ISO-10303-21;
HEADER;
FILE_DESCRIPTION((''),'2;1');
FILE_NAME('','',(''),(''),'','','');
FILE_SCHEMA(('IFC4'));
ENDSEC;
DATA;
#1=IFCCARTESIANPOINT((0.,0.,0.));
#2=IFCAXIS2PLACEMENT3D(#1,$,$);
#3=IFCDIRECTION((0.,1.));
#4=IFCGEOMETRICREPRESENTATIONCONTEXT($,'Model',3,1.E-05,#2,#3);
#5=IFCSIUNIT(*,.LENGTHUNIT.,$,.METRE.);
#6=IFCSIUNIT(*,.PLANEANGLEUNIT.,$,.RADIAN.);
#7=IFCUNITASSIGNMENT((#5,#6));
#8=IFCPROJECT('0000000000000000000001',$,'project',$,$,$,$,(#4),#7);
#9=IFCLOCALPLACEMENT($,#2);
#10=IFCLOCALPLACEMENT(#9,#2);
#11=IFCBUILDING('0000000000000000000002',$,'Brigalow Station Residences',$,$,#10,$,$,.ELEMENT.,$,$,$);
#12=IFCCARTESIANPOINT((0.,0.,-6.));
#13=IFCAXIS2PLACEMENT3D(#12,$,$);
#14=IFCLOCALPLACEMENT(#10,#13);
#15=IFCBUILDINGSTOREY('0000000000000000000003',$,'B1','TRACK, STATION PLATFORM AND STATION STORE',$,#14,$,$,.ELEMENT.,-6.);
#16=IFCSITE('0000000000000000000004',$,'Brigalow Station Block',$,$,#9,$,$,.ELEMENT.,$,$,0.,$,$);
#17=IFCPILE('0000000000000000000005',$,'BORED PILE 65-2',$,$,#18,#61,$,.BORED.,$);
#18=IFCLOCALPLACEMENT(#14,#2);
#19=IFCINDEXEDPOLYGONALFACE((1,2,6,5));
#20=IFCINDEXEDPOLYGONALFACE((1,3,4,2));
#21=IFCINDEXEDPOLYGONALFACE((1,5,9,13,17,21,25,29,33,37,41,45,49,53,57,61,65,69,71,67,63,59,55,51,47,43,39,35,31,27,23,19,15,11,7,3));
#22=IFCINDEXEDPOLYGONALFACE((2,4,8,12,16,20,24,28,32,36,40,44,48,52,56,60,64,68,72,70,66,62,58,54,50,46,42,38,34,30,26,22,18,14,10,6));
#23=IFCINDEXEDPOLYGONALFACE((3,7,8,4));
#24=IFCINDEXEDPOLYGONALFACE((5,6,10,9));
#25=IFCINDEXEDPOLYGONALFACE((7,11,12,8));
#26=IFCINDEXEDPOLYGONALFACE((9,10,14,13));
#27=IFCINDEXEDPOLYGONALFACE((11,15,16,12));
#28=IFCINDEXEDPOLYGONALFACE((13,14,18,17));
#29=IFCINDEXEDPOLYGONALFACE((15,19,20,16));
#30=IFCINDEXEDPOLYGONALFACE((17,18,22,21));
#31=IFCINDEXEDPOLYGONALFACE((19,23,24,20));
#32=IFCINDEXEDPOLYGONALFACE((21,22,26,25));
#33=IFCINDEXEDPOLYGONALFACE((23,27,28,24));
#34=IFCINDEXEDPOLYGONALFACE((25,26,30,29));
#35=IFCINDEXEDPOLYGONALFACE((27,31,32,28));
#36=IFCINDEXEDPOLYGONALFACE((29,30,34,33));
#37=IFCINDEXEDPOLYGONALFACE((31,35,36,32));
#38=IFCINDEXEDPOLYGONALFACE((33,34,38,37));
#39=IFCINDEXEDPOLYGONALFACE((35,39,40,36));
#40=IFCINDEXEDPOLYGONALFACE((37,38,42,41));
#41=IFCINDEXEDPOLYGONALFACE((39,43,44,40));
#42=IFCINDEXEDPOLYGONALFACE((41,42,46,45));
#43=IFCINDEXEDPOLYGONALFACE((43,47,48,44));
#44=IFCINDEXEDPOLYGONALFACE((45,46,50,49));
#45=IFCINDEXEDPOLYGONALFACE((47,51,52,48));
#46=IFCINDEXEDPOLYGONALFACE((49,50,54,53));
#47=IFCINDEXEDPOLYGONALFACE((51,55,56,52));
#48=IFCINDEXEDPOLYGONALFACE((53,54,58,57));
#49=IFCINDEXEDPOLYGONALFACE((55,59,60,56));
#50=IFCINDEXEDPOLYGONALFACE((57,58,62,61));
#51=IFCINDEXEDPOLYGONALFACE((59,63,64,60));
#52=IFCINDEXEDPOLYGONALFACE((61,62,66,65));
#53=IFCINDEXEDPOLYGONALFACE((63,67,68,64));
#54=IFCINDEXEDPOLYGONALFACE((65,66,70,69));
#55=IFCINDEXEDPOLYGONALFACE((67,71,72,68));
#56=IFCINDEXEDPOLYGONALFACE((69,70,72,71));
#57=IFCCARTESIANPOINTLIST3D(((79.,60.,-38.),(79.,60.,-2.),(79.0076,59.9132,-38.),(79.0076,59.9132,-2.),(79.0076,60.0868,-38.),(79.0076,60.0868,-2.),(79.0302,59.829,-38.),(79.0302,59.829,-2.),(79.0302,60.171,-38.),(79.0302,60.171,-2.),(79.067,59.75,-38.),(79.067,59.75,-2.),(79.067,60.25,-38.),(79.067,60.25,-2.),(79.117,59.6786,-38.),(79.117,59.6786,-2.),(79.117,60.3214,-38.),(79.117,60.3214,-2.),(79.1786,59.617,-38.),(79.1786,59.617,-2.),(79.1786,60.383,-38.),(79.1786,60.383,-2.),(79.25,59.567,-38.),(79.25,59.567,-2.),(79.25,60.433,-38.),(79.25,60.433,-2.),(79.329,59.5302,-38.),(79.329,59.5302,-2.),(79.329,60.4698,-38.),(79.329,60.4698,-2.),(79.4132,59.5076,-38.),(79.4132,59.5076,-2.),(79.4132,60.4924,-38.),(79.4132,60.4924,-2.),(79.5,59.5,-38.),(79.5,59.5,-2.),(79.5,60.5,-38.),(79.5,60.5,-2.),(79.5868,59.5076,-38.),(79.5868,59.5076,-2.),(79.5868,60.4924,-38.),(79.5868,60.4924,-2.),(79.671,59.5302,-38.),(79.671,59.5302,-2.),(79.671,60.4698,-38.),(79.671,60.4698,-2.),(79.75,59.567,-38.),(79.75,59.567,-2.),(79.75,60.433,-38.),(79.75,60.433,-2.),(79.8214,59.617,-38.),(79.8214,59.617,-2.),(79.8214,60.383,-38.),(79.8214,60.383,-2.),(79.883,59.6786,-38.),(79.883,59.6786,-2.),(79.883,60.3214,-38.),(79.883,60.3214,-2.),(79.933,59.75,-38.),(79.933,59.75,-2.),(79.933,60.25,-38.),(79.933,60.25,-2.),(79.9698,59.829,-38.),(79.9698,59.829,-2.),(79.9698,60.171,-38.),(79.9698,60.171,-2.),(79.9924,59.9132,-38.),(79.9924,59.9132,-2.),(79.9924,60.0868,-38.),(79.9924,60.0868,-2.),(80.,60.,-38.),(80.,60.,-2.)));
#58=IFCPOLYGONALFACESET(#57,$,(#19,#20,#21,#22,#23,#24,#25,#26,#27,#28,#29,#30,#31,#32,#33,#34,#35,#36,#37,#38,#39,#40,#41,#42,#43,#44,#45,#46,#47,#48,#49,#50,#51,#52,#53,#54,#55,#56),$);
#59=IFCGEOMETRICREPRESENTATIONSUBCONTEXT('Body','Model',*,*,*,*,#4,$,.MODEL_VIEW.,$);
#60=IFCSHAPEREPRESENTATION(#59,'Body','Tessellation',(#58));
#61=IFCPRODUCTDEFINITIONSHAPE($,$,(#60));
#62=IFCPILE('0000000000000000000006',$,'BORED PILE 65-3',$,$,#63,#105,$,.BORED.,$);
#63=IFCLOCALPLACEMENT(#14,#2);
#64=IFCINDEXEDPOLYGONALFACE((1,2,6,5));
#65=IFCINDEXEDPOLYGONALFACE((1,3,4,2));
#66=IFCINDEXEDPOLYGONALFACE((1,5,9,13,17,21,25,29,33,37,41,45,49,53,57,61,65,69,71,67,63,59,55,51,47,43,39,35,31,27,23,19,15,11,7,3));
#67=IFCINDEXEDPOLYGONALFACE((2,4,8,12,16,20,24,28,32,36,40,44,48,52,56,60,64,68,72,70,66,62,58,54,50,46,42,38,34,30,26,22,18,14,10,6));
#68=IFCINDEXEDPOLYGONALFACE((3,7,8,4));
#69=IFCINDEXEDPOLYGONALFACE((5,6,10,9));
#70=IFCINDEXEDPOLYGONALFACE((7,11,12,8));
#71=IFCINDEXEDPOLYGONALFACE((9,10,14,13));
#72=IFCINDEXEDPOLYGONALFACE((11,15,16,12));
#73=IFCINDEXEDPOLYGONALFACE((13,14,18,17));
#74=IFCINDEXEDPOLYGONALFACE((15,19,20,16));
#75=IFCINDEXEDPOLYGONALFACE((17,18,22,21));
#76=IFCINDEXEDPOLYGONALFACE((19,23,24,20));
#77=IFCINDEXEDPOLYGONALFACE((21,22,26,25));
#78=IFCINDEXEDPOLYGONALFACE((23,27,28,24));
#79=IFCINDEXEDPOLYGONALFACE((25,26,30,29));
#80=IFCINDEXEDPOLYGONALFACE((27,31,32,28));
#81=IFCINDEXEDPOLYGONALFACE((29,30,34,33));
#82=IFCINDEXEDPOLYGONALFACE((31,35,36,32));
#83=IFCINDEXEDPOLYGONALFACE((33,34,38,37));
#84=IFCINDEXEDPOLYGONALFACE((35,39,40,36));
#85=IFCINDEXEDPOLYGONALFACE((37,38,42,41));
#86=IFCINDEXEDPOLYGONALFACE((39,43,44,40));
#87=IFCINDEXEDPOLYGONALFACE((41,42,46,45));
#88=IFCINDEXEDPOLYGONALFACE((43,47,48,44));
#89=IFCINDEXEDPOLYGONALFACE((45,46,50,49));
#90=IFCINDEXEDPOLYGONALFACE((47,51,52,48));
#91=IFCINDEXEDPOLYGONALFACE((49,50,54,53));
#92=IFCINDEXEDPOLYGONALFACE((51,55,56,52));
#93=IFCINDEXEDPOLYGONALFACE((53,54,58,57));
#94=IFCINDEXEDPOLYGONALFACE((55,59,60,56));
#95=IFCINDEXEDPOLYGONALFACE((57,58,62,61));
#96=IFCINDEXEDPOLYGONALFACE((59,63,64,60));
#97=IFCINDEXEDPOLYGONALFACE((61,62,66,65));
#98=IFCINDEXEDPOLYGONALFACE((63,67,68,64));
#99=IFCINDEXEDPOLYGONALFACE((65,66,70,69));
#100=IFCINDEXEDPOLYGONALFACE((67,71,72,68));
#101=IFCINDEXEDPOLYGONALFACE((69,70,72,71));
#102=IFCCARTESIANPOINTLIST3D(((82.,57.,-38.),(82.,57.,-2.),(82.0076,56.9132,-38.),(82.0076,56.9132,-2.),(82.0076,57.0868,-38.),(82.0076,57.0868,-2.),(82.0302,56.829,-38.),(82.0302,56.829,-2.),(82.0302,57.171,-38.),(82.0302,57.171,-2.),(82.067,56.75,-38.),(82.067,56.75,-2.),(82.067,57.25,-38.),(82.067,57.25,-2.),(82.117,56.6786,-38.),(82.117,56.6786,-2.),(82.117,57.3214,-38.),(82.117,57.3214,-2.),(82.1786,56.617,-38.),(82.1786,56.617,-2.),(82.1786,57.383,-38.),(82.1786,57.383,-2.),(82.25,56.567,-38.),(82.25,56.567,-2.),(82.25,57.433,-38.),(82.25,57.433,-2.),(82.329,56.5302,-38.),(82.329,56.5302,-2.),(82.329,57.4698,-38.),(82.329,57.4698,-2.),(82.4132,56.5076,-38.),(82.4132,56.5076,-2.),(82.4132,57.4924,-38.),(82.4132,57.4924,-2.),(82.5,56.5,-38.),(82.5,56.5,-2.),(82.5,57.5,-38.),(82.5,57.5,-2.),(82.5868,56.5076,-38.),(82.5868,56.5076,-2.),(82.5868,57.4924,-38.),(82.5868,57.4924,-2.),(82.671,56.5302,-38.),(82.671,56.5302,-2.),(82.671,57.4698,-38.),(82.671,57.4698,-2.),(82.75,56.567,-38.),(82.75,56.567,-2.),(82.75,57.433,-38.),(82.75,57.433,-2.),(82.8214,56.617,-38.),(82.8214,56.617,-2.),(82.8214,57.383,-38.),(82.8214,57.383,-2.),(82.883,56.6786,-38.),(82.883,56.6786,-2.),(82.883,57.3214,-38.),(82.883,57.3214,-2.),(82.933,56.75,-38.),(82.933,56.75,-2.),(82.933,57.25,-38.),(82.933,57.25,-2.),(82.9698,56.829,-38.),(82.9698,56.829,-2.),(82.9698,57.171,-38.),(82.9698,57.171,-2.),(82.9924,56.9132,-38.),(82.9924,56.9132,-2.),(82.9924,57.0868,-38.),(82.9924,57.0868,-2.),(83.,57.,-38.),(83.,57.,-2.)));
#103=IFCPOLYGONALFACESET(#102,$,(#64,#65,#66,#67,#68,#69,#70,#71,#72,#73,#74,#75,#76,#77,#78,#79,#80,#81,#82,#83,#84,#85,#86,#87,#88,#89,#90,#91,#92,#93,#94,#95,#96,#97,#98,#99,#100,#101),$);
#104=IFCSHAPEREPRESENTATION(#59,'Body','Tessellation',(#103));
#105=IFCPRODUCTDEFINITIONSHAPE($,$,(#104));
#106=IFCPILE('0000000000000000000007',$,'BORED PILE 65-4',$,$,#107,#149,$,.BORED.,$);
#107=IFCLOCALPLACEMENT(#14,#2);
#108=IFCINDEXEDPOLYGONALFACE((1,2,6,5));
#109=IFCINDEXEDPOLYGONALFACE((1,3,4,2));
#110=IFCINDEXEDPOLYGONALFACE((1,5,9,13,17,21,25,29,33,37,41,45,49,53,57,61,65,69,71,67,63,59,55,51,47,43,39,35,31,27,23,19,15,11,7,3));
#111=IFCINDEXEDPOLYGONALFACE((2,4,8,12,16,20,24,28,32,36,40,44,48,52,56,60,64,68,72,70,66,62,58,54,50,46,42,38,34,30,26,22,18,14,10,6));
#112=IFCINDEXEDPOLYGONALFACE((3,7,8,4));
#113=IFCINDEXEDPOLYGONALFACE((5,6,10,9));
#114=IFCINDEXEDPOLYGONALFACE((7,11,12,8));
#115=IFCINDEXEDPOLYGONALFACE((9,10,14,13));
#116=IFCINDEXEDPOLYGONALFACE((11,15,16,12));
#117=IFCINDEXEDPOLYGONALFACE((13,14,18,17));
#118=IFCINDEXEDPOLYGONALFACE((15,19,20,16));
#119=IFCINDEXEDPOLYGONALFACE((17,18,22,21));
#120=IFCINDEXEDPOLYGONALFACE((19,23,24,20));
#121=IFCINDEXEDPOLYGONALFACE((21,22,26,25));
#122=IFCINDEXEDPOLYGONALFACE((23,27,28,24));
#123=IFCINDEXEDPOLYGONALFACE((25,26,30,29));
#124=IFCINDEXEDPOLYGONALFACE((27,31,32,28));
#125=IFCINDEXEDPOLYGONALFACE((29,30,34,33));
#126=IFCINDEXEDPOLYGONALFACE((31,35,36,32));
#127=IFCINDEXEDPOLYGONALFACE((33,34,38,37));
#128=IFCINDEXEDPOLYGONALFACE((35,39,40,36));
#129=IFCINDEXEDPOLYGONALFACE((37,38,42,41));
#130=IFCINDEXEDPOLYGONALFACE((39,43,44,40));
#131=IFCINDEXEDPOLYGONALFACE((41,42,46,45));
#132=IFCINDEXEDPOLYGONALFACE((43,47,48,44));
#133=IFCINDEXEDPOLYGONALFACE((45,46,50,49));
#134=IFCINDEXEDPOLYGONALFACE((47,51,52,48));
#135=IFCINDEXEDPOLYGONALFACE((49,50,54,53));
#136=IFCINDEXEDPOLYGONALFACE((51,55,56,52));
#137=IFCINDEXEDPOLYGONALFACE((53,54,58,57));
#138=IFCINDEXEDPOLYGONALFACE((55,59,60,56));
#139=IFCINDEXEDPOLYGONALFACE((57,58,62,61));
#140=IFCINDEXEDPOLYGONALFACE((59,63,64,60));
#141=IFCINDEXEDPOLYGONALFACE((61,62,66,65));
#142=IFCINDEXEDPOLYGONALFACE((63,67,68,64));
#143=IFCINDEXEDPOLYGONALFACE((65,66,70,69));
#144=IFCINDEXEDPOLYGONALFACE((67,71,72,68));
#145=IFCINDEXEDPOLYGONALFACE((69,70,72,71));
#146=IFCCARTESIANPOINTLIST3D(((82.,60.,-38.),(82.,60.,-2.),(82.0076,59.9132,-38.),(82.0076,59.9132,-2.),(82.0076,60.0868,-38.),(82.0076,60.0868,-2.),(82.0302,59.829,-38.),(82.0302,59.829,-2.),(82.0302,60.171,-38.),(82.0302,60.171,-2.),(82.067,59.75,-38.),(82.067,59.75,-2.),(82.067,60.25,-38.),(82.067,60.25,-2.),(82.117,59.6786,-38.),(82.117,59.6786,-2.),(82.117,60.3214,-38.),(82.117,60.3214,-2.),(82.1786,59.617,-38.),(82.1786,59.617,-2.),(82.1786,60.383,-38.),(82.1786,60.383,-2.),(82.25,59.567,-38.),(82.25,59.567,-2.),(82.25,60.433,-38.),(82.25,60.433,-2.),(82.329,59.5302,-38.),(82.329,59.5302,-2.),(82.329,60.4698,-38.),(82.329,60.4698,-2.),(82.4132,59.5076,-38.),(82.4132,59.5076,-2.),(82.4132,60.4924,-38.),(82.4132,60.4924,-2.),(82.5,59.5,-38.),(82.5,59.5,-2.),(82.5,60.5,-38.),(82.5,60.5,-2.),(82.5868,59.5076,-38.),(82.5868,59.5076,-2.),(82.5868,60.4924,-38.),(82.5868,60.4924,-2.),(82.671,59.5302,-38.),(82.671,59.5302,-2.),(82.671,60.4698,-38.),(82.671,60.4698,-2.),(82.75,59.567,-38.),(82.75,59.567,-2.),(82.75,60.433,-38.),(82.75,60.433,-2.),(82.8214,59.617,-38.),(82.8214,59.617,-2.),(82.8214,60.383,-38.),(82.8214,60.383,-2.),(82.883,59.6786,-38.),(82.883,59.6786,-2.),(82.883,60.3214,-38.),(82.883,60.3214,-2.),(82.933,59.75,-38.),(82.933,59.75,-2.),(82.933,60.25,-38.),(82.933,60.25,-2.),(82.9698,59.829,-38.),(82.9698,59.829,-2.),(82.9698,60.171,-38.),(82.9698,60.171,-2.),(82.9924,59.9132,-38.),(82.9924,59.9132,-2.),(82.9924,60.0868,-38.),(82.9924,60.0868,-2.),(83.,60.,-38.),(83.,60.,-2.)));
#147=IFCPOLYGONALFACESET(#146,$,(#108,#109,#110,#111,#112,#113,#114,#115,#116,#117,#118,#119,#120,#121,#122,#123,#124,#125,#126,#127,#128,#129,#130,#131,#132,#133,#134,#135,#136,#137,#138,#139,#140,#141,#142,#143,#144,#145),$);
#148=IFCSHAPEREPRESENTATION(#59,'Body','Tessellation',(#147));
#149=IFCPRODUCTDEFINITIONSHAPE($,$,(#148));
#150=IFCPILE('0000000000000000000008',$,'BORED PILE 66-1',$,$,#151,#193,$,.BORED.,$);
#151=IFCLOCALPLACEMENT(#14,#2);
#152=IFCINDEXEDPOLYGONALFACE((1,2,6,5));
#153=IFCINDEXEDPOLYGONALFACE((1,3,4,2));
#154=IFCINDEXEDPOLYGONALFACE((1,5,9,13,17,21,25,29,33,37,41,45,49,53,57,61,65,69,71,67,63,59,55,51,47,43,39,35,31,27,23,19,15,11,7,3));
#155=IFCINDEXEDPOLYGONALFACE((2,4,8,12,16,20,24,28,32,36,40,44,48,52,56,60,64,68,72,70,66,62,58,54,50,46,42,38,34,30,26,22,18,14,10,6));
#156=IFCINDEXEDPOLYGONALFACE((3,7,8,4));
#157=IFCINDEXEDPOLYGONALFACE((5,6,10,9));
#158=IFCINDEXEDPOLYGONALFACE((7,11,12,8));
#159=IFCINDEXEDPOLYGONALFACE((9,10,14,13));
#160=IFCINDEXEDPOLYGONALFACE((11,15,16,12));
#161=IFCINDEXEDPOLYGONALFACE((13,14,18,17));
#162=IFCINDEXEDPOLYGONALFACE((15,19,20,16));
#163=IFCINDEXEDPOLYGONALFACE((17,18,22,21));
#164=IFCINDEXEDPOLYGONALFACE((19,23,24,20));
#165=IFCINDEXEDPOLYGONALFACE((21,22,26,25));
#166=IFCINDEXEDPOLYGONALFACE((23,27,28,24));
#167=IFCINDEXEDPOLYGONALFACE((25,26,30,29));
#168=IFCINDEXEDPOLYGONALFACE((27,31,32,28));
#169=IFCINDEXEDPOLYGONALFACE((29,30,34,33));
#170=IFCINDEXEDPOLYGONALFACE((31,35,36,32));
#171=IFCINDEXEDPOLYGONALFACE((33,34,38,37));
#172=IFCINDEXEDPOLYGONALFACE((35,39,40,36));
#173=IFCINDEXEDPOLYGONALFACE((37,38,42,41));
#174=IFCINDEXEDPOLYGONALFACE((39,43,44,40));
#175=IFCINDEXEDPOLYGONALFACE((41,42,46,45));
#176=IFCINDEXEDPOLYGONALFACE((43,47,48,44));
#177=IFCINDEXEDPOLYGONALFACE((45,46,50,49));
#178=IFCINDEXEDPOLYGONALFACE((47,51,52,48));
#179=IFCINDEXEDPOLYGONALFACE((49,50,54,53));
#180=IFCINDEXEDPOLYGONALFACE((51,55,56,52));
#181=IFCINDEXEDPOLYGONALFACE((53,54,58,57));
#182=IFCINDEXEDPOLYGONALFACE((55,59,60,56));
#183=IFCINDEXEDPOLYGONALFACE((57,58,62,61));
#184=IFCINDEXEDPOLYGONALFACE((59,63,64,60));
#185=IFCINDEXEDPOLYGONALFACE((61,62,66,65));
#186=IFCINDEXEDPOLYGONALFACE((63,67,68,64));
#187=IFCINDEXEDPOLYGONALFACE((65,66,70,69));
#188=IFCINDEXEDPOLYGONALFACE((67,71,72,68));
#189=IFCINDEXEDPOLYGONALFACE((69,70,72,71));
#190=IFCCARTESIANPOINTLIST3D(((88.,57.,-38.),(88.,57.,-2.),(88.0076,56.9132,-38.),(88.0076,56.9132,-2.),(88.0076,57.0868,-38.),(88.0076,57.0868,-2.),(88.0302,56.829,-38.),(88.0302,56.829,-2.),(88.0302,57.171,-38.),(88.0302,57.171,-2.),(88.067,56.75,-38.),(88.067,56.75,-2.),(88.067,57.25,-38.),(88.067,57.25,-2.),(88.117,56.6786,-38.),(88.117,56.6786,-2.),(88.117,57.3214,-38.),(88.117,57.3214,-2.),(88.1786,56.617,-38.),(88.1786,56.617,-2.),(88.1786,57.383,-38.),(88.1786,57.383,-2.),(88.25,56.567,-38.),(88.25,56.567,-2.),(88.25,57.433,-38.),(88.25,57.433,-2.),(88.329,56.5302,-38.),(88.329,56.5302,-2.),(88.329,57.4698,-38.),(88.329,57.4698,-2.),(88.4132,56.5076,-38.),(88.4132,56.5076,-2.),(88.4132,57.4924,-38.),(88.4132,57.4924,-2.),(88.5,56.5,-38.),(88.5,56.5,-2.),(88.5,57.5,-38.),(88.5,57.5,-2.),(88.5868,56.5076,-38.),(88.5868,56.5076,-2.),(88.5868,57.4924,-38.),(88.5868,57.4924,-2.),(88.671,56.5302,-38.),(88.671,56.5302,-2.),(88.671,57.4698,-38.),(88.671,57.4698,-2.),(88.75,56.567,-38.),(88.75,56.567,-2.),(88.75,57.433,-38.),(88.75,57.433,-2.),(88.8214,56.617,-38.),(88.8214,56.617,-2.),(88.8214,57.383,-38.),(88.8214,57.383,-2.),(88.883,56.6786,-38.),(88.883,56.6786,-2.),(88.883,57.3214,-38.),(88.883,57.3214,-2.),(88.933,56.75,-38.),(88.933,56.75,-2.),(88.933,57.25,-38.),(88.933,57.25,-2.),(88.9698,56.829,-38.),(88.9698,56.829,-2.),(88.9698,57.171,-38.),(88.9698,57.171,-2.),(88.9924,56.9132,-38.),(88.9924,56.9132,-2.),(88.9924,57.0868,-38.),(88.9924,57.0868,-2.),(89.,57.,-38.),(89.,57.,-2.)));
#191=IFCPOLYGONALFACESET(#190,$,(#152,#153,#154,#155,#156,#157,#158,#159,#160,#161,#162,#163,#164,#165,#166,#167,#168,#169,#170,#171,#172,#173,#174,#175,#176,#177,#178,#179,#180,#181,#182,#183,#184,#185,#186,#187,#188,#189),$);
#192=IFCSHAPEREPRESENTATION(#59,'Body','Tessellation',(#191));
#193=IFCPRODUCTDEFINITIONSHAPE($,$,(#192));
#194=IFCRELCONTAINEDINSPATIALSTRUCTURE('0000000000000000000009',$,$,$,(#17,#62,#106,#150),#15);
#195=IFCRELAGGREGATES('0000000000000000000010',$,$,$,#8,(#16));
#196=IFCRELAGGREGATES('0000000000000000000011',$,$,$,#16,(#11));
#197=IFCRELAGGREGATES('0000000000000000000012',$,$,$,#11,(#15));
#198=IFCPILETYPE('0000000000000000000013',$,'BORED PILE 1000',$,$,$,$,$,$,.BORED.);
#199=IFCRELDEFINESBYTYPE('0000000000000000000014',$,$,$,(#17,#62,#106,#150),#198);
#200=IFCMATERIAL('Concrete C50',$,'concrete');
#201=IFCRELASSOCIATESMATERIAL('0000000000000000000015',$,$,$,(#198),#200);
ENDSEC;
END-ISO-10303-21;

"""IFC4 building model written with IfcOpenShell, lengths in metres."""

from ifc_helpers import new_model, si_unit, direction, frame, origin, origin_2d, place, context, subcontext, project, spatial, circle, extrude, material, material_profile, profile_set, type_object, element, save


model = new_model("IFC4")

# Units and contexts
model_context = context("Model", 3, precision=1e-05, world=origin(), true_north=direction((0.0, 1.0)))
body_context = subcontext(model_context, "Body", "Model", "MODEL_VIEW")
ifc_project = project(units=[si_unit("LENGTHUNIT", "METRE"), si_unit("PLANEANGLEUNIT", "RADIAN")], contexts=[model_context])

# Site, building, storey
site_placement = place(None, origin())
site = spatial("IfcSite", under=ifc_project, at=site_placement, Name="Brigalow Station Block", CompositionType="ELEMENT", RefElevation=0.0)
building_placement = place(site_placement, origin())
building = spatial("IfcBuilding", under=site, at=building_placement, Name="Brigalow Station Residences", CompositionType="ELEMENT")
storey_placement = place(building_placement, frame((0.0, 0.0, -6.0)))
storey = spatial("IfcBuildingStorey", under=building, at=storey_placement, Name="B1", Description="TRACK, STATION PLATFORM AND STATION STORE", CompositionType="ELEMENT", Elevation=-6.0)

# Piles
ifc_material_1 = material(Name="Concrete C50", Category="concrete")
ifc_material_profile_1 = material_profile(ifc_material_1, circle(Radius=0.5, at=origin_2d()), Name="BP1000")
ifc_profile_set_1 = profile_set([ifc_material_profile_1], Name="Concrete C50")
pile_type_1 = type_object("IfcPileType", Name="BORED PILE 1000", PredefinedType="BORED", material=ifc_profile_set_1)
for number, where, z_axis, x_axis, name in (
    (1, (79.5, 60.0, -2.0), (0.0, 0.0, -1.0), (1.0, 0.0, 0.0), "BORED PILE 65-2"),
    (2, (82.5, 57.0, -2.0), (0.0, 0.0, -1.0), (1.0, 0.0, 0.0), "BORED PILE 65-3"),
    (3, (82.5, 60.0, -2.0), (0.0, 0.0, -1.0), (1.0, 0.0, 0.0), "BORED PILE 65-4"),
    (4, (88.5, 57.0, -2.0), (0.0, 0.0, -1.0), (1.0, 0.0, 0.0), "BORED PILE 66-1"),
):
    element("IfcPile", number, at=place(storey_placement, frame(where, z_axis=z_axis, x_axis=x_axis)), inside=storey, type_object=pile_type_1, Name=name, PredefinedType="BORED", context=body_context, shape_type="SweptSolid", body=[
        extrude(circle(Radius=0.5, at=origin_2d()), origin(), (0.0, 0.0, 1.0), 36.0),
    ])

save(model, "model.ifc")
